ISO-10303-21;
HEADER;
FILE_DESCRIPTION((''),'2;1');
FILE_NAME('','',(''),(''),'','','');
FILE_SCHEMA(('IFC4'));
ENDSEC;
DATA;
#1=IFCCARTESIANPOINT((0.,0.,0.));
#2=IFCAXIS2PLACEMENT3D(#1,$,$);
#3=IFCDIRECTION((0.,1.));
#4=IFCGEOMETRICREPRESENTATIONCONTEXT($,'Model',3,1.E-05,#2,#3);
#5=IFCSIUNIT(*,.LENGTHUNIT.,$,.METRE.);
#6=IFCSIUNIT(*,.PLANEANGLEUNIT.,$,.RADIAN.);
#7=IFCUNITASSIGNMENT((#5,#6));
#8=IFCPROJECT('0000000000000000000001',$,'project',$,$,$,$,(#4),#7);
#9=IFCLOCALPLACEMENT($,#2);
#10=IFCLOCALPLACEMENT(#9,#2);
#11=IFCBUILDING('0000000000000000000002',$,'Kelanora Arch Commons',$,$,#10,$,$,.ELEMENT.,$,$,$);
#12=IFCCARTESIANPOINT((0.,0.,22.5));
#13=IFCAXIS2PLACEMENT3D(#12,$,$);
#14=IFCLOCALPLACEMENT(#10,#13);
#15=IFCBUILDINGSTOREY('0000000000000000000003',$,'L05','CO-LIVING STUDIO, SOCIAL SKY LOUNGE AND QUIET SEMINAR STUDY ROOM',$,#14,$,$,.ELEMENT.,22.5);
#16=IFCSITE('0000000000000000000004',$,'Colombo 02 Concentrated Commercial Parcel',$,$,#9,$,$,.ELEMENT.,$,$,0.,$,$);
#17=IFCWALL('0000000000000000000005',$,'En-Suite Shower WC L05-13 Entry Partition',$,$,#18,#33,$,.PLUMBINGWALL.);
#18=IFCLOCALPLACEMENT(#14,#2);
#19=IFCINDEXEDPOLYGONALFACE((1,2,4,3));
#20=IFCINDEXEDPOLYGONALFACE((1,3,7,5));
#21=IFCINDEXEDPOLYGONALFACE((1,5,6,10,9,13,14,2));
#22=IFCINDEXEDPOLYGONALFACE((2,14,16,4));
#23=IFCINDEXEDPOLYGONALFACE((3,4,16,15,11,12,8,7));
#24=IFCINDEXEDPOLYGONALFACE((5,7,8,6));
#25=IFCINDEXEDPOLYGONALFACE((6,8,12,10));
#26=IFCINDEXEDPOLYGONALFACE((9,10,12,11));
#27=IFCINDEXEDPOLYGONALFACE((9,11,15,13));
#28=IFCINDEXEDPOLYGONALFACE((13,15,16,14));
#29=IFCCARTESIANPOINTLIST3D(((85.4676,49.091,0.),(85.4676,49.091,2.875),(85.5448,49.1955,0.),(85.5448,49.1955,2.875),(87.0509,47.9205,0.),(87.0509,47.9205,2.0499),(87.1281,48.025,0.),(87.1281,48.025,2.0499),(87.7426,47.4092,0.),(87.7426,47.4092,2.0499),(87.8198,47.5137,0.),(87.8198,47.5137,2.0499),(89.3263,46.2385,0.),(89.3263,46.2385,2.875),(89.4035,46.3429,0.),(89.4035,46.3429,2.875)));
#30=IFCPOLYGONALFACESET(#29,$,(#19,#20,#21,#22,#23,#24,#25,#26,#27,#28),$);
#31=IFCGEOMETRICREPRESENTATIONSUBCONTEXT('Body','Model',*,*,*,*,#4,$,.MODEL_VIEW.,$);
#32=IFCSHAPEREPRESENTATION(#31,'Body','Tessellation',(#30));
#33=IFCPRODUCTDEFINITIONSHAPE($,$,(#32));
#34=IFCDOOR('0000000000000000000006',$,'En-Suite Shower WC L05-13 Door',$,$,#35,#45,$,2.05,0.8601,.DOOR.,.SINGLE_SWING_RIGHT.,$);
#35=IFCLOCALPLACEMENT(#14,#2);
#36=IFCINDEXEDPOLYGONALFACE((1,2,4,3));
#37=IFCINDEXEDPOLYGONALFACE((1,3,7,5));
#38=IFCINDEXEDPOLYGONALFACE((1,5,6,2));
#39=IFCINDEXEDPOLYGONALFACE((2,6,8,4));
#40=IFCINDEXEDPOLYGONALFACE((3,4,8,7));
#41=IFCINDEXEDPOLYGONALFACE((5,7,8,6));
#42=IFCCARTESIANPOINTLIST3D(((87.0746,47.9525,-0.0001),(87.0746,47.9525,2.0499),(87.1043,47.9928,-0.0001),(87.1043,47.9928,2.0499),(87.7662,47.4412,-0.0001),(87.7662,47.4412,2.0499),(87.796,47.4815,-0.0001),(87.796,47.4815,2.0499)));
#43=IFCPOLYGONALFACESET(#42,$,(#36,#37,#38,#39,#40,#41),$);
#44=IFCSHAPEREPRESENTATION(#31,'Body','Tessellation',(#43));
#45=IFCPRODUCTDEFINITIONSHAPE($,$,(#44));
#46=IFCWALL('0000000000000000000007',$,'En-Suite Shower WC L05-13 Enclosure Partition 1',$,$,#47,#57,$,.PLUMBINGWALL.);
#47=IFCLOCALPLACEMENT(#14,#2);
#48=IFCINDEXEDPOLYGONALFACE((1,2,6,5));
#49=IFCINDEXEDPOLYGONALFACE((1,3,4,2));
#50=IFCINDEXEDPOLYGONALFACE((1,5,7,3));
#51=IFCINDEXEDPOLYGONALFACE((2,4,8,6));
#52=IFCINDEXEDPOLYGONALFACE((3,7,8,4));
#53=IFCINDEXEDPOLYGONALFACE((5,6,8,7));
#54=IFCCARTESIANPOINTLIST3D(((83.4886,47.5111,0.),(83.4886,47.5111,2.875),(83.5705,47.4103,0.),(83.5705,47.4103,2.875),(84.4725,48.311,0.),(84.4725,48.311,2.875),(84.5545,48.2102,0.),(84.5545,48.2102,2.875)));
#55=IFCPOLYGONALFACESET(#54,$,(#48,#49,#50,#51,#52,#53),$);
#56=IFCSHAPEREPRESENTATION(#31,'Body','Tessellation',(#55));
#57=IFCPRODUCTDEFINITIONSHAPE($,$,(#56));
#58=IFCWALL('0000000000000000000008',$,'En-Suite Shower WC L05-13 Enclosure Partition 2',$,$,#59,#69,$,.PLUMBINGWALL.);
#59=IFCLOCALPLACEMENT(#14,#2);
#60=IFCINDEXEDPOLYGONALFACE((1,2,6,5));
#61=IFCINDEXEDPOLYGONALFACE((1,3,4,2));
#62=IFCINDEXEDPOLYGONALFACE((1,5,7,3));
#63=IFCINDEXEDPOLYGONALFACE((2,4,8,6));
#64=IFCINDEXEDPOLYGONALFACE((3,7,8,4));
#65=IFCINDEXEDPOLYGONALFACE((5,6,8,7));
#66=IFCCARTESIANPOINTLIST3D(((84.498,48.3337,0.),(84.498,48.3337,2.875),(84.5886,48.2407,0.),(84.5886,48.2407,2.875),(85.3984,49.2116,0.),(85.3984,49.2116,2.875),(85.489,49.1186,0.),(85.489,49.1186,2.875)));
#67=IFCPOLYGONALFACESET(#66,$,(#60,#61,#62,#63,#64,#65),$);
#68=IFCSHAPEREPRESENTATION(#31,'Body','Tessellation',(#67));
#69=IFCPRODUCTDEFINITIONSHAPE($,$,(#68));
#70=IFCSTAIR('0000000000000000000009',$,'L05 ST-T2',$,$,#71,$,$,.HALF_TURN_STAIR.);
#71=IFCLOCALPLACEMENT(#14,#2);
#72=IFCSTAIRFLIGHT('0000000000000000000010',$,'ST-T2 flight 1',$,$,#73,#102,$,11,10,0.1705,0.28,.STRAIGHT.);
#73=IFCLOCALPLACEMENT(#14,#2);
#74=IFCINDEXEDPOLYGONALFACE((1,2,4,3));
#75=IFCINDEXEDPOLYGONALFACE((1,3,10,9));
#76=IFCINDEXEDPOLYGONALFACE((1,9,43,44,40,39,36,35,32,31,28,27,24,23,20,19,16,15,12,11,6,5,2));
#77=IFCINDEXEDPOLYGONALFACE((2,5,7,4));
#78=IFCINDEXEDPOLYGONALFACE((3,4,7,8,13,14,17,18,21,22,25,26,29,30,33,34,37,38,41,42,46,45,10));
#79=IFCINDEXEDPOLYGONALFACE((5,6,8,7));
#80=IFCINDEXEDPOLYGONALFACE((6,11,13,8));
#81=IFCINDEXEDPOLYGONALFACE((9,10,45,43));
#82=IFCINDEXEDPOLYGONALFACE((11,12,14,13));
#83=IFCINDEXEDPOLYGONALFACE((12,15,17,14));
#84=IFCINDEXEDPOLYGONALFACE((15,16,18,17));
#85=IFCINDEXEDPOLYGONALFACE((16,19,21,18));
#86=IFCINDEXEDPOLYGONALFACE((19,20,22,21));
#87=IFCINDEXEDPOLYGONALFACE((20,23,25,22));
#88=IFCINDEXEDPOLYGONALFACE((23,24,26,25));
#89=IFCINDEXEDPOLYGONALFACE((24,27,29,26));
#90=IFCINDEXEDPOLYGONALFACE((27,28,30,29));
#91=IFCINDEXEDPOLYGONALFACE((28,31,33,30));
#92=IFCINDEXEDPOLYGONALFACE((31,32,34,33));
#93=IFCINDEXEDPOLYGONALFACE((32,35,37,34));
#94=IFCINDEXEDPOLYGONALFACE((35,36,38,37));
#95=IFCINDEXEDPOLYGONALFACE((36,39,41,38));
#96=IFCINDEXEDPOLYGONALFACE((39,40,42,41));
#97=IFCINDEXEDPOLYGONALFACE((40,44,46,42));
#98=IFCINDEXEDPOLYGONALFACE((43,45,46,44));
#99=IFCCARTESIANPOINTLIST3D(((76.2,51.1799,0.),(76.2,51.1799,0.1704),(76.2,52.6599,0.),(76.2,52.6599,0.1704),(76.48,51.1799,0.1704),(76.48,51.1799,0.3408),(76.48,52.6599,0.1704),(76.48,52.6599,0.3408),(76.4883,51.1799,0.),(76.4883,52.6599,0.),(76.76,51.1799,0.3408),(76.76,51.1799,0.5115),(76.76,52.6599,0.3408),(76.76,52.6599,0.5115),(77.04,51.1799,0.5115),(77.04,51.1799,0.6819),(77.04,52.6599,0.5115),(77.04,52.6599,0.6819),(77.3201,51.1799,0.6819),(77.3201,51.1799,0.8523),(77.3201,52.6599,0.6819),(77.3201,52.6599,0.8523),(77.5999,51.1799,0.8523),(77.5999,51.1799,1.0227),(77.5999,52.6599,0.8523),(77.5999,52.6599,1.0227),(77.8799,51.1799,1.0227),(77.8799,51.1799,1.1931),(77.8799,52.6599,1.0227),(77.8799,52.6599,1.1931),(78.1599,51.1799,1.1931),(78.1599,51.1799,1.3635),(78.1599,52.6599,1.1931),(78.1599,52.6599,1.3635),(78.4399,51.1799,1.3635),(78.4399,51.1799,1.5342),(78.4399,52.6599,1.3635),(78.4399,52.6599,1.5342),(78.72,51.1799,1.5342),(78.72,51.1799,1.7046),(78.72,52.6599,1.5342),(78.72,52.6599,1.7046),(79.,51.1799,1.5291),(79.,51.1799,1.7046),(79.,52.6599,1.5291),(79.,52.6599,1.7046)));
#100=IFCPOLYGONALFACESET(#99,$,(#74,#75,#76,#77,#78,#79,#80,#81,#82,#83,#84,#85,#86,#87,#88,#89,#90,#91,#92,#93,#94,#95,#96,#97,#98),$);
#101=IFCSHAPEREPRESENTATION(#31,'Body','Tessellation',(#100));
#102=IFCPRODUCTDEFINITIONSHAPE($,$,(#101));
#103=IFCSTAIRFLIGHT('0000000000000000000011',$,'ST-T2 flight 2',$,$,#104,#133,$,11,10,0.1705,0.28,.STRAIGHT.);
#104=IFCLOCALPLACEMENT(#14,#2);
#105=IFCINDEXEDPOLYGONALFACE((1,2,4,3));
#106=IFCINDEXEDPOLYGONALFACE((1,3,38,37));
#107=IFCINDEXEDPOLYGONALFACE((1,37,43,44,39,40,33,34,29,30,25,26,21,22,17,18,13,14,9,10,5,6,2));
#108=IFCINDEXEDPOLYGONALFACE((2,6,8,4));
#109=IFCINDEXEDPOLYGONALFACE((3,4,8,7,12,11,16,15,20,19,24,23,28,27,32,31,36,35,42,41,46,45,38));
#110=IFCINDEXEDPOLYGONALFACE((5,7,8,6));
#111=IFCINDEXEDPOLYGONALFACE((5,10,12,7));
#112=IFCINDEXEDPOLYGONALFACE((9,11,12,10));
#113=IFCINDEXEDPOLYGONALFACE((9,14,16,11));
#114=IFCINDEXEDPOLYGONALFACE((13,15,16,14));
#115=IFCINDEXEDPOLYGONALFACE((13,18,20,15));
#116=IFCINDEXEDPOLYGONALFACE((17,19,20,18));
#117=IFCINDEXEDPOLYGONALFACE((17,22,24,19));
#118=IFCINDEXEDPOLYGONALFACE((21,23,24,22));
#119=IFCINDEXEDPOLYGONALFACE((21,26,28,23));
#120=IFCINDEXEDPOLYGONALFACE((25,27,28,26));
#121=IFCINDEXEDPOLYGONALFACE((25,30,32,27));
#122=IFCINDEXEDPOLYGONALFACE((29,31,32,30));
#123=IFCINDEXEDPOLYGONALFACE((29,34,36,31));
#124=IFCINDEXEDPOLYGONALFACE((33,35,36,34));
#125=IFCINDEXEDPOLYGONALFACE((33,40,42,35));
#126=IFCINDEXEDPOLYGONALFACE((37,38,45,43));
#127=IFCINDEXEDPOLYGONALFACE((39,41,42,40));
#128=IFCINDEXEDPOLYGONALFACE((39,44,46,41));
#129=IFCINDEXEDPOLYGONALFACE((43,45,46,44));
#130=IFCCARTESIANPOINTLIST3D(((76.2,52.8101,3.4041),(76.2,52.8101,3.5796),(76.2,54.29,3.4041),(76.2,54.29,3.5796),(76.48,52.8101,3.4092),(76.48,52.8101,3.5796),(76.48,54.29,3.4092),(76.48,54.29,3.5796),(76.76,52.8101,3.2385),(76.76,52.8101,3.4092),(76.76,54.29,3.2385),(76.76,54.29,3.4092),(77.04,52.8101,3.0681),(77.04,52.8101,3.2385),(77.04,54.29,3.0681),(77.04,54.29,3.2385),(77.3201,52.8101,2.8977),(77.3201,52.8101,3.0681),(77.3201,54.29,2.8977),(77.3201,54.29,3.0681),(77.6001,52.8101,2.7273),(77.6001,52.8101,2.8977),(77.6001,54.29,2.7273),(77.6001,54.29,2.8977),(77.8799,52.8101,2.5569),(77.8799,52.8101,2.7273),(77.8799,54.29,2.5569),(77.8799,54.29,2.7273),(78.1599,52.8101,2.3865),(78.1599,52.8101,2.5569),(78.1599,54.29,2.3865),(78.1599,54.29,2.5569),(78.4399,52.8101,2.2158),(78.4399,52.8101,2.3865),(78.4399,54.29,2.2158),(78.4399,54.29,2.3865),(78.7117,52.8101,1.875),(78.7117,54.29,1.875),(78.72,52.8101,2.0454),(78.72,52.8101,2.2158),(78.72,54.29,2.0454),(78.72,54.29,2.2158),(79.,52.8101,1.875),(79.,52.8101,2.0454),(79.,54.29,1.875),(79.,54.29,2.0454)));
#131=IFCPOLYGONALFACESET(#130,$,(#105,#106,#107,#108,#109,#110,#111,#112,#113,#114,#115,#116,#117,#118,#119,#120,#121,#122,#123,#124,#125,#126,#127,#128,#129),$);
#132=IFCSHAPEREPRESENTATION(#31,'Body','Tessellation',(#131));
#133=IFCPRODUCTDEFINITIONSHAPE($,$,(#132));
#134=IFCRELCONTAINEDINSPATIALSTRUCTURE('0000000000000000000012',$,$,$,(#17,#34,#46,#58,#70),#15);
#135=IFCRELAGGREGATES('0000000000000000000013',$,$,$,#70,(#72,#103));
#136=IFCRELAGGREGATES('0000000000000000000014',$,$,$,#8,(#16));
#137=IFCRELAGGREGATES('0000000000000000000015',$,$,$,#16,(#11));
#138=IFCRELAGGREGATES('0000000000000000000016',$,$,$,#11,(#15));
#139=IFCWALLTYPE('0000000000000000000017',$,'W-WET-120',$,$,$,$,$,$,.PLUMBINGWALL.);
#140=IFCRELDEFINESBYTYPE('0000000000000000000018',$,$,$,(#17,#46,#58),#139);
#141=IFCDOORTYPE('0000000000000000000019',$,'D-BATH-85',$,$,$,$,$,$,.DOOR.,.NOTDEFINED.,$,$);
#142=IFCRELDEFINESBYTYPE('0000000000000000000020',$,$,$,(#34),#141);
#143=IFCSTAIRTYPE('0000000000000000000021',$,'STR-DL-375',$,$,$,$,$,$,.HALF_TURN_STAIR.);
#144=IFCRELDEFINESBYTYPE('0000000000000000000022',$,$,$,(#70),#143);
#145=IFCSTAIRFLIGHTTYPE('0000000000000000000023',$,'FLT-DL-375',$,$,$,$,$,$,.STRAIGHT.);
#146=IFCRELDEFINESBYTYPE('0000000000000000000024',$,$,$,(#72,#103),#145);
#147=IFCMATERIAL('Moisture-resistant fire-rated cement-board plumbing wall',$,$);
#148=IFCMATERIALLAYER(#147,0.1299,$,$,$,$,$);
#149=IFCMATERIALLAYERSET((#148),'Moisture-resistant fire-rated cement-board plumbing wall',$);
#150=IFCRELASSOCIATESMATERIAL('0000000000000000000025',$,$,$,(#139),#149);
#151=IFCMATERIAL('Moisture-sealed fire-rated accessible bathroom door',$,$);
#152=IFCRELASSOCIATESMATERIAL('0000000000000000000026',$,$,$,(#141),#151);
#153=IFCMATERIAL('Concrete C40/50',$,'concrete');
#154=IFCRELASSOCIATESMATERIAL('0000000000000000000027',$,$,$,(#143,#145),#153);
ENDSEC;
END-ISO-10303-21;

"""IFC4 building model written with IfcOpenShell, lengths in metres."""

from ifc_helpers import new_model, si_unit, direction, frame, frame_2d, origin, place, context, subcontext, project, spatial, polyline, rectangle, outline, extrude, material, layer, layer_set, type_object, element, fill, aggregate, save


model = new_model("IFC4")

# Units and contexts
model_context = context("Model", 3, precision=1e-05, world=origin(), true_north=direction((0.0, 1.0)))
body_context = subcontext(model_context, "Body", "Model", "MODEL_VIEW")
ifc_project = project(units=[si_unit("LENGTHUNIT", "METRE"), si_unit("PLANEANGLEUNIT", "RADIAN")], contexts=[model_context])

# Site, building, storey
site_placement = place(None, origin())
site = spatial("IfcSite", under=ifc_project, at=site_placement, Name="Colombo 02 Concentrated Commercial Parcel", CompositionType="ELEMENT", RefElevation=0.0)
building_placement = place(site_placement, origin())
building = spatial("IfcBuilding", under=site, at=building_placement, Name="Kelanora Arch Commons", CompositionType="ELEMENT")
storey_placement = place(building_placement, frame((0.0, 0.0, 22.5)))
storey = spatial("IfcBuildingStorey", under=building, at=storey_placement, Name="L05", Description="CO-LIVING STUDIO, SOCIAL SKY LOUNGE AND QUIET SEMINAR STUDY ROOM", CompositionType="ELEMENT", Elevation=22.5)

# Shared definitions
ifc_material_1 = material(Name="Concrete C40/50", Category="concrete")

# Wall, opening, door
ifc_material_2 = material(Name="Moisture-resistant fire-rated cement-board plumbing wall")
ifc_layer_1 = layer(ifc_material_2, 0.1299)
ifc_layer_set_1 = layer_set([ifc_layer_1], Name="Moisture-resistant fire-rated cement-board plumbing wall")
wall_type_1 = type_object("IfcWallType", Name="W-WET-120", PredefinedType="PLUMBINGWALL", material=ifc_layer_set_1)
wall_1_placement = place(storey_placement, frame((85.5061, 49.1433, 0.0), z_axis=(0.0, 0.0, 1.0), x_axis=(0.804126, -0.594458, 0.0)))
wall_1 = element("IfcWall", 1, at=wall_1_placement, inside=storey, type_object=wall_type_1, Name="En-Suite Shower WC L05-13 Entry Partition", PredefinedType="PLUMBINGWALL", context=body_context, shape_type="SweptSolid", body=[
    extrude(rectangle(XDim=4.7986, YDim=0.1299, at=frame_2d((2.3994, 0.0))), origin(), (0.0, 0.0, 1.0), 2.875),
])
opening_1_placement = place(wall_1_placement, frame((1.969, 0.0, 0.0)))
opening_1 = element("IfcOpeningElement", 2, at=opening_1_placement, cuts=wall_1, PredefinedType="OPENING", context=body_context, shape_type="SweptSolid", body=[
    extrude(rectangle(XDim=0.8601, YDim=2.05, at=frame_2d((0.4302, 1.0249))), frame((0.0, 0.075, 0.0), z_axis=(0.0, -1.0, 0.0), x_axis=(1.0, 0.0, 0.0)), (0.0, 0.0, 1.0), 0.1499),
])
ifc_material_3 = material(Name="Moisture-sealed fire-rated accessible bathroom door")
door_type_1 = type_object("IfcDoorType", Name="D-BATH-85", OperationType="NOTDEFINED", PredefinedType="DOOR", material=ifc_material_3)
door_1_placement = place(opening_1_placement, origin())
door_1 = element("IfcDoor", 3, at=door_1_placement, inside=storey, type_object=door_type_1, Name="En-Suite Shower WC L05-13 Door", OperationType="SINGLE_SWING_RIGHT", OverallHeight=2.05, OverallWidth=0.8601, PredefinedType="DOOR", context=body_context, shape_type="SweptSolid", body=[
    extrude(rectangle(XDim=0.8601, YDim=2.05, at=frame_2d((0.4302, 1.0249))), frame((0.0, 0.0249, 0.0), z_axis=(0.0, -1.0, 0.0), x_axis=(1.0, 0.0, 0.0)), (0.0, 0.0, 1.0), 0.05),
])
fill(opening_1, door_1)

# Walls
wall_2_placement = place(storey_placement, frame((83.5295, 47.4607, 0.0), z_axis=(0.0, 0.0, 1.0), x_axis=(0.775961, 0.630781, 0.0)))
element("IfcWall", 4, at=wall_2_placement, inside=storey, type_object=wall_type_1, Name="En-Suite Shower WC L05-13 Enclosure Partition 1", PredefinedType="PLUMBINGWALL", context=body_context, shape_type="SweptSolid", body=[
    extrude(rectangle(XDim=1.2681, YDim=0.1299, at=frame_2d((0.634, 0.0))), origin(), (0.0, 0.0, 1.0), 2.875),
])
wall_3_placement = place(storey_placement, frame((84.5432, 48.2871, 0.0), z_axis=(0.0, 0.0, 1.0), x_axis=(0.715981, 0.69812, 0.0)))
element("IfcWall", 5, at=wall_3_placement, inside=storey, type_object=wall_type_1, Name="En-Suite Shower WC L05-13 Enclosure Partition 2", PredefinedType="PLUMBINGWALL", context=body_context, shape_type="SweptSolid", body=[
    extrude(rectangle(XDim=1.2576, YDim=0.1299, at=frame_2d((0.6289, 0.0))), origin(), (0.0, 0.0, 1.0), 2.875),
])

# Stair, stair flights
stair_type = type_object("IfcStairType", Name="STR-DL-375", PredefinedType="HALF_TURN_STAIR", material=ifc_material_1)
stair_placement = place(storey_placement, origin())
stair = element("IfcStair", 6, at=stair_placement, inside=storey, type_object=stair_type, Name="L05 ST-T2", PredefinedType="HALF_TURN_STAIR")
stair_flight_type = type_object("IfcStairFlightType", Name="FLT-DL-375", PredefinedType="STRAIGHT", material=ifc_material_1)
stair_flight_1_placement = place(storey_placement, frame((76.2, 51.9199, 0.0), z_axis=(0.0, 0.0, 1.0), x_axis=(1.0, 0.0, 0.0)))
stair_flight_1 = element("IfcStairFlight", 7, at=stair_flight_1_placement, type_object=stair_flight_type, Name="ST-T2 flight 1", NumberOfRisers=11, NumberOfTreads=10, PredefinedType="STRAIGHT", RiserHeight=0.1705, TreadLength=0.28, context=body_context, shape_type="SweptSolid", body=[
    extrude(outline(polyline([(0.0, 0.0), (0.0, 0.1704), (0.28, 0.1704), (0.28, 0.3408), (0.5601, 0.3408), (0.5601, 0.5115), (0.8401, 0.5115), (0.8401, 0.6819), (1.1201, 0.6819), (1.1201, 0.8523), (1.3999, 0.8523), (1.3999, 1.0227), (1.6799, 1.0227), (1.6799, 1.1931), (1.96, 1.1931), (1.96, 1.3635), (2.24, 1.3635), (2.24, 1.5342), (2.52, 1.5342), (2.52, 1.7046), (2.8, 1.7046), (2.8, 1.875), (2.8, 1.5291), (0.2883, 0.0), (0.0, 0.0)])), frame((0.0, 0.74, 0.0), z_axis=(0.0, -1.0, 0.0), x_axis=(1.0, 0.0, 0.0)), (0.0, 0.0, 1.0), 1.48),
])
stair_flight_2_placement = place(storey_placement, frame((79.0, 53.55, 1.875), z_axis=(0.0, 0.0, 1.0), x_axis=(-1.0, 0.0, 0.0)))
stair_flight_2 = element("IfcStairFlight", 8, at=stair_flight_2_placement, type_object=stair_flight_type, Name="ST-T2 flight 2", NumberOfRisers=11, NumberOfTreads=10, PredefinedType="STRAIGHT", RiserHeight=0.1705, TreadLength=0.28, context=body_context, shape_type="SweptSolid", body=[
    extrude(outline(polyline([(0.0, 0.0), (0.0, 0.1704), (0.28, 0.1704), (0.28, 0.3408), (0.5601, 0.3408), (0.5601, 0.5115), (0.8401, 0.5115), (0.8401, 0.6819), (1.1201, 0.6819), (1.1201, 0.8523), (1.3999, 0.8523), (1.3999, 1.0227), (1.6799, 1.0227), (1.6799, 1.1931), (1.96, 1.1931), (1.96, 1.3635), (2.24, 1.3635), (2.24, 1.5342), (2.52, 1.5342), (2.52, 1.7046), (2.8, 1.7046), (2.8, 1.875), (2.8, 1.5291), (0.2883, 0.0), (0.0, 0.0)])), frame((0.0, 0.74, 0.0), z_axis=(0.0, -1.0, 0.0), x_axis=(1.0, 0.0, 0.0)), (0.0, 0.0, 1.0), 1.48),
])
aggregate(stair, [stair_flight_1, stair_flight_2])

save(model, "model.ifc")
